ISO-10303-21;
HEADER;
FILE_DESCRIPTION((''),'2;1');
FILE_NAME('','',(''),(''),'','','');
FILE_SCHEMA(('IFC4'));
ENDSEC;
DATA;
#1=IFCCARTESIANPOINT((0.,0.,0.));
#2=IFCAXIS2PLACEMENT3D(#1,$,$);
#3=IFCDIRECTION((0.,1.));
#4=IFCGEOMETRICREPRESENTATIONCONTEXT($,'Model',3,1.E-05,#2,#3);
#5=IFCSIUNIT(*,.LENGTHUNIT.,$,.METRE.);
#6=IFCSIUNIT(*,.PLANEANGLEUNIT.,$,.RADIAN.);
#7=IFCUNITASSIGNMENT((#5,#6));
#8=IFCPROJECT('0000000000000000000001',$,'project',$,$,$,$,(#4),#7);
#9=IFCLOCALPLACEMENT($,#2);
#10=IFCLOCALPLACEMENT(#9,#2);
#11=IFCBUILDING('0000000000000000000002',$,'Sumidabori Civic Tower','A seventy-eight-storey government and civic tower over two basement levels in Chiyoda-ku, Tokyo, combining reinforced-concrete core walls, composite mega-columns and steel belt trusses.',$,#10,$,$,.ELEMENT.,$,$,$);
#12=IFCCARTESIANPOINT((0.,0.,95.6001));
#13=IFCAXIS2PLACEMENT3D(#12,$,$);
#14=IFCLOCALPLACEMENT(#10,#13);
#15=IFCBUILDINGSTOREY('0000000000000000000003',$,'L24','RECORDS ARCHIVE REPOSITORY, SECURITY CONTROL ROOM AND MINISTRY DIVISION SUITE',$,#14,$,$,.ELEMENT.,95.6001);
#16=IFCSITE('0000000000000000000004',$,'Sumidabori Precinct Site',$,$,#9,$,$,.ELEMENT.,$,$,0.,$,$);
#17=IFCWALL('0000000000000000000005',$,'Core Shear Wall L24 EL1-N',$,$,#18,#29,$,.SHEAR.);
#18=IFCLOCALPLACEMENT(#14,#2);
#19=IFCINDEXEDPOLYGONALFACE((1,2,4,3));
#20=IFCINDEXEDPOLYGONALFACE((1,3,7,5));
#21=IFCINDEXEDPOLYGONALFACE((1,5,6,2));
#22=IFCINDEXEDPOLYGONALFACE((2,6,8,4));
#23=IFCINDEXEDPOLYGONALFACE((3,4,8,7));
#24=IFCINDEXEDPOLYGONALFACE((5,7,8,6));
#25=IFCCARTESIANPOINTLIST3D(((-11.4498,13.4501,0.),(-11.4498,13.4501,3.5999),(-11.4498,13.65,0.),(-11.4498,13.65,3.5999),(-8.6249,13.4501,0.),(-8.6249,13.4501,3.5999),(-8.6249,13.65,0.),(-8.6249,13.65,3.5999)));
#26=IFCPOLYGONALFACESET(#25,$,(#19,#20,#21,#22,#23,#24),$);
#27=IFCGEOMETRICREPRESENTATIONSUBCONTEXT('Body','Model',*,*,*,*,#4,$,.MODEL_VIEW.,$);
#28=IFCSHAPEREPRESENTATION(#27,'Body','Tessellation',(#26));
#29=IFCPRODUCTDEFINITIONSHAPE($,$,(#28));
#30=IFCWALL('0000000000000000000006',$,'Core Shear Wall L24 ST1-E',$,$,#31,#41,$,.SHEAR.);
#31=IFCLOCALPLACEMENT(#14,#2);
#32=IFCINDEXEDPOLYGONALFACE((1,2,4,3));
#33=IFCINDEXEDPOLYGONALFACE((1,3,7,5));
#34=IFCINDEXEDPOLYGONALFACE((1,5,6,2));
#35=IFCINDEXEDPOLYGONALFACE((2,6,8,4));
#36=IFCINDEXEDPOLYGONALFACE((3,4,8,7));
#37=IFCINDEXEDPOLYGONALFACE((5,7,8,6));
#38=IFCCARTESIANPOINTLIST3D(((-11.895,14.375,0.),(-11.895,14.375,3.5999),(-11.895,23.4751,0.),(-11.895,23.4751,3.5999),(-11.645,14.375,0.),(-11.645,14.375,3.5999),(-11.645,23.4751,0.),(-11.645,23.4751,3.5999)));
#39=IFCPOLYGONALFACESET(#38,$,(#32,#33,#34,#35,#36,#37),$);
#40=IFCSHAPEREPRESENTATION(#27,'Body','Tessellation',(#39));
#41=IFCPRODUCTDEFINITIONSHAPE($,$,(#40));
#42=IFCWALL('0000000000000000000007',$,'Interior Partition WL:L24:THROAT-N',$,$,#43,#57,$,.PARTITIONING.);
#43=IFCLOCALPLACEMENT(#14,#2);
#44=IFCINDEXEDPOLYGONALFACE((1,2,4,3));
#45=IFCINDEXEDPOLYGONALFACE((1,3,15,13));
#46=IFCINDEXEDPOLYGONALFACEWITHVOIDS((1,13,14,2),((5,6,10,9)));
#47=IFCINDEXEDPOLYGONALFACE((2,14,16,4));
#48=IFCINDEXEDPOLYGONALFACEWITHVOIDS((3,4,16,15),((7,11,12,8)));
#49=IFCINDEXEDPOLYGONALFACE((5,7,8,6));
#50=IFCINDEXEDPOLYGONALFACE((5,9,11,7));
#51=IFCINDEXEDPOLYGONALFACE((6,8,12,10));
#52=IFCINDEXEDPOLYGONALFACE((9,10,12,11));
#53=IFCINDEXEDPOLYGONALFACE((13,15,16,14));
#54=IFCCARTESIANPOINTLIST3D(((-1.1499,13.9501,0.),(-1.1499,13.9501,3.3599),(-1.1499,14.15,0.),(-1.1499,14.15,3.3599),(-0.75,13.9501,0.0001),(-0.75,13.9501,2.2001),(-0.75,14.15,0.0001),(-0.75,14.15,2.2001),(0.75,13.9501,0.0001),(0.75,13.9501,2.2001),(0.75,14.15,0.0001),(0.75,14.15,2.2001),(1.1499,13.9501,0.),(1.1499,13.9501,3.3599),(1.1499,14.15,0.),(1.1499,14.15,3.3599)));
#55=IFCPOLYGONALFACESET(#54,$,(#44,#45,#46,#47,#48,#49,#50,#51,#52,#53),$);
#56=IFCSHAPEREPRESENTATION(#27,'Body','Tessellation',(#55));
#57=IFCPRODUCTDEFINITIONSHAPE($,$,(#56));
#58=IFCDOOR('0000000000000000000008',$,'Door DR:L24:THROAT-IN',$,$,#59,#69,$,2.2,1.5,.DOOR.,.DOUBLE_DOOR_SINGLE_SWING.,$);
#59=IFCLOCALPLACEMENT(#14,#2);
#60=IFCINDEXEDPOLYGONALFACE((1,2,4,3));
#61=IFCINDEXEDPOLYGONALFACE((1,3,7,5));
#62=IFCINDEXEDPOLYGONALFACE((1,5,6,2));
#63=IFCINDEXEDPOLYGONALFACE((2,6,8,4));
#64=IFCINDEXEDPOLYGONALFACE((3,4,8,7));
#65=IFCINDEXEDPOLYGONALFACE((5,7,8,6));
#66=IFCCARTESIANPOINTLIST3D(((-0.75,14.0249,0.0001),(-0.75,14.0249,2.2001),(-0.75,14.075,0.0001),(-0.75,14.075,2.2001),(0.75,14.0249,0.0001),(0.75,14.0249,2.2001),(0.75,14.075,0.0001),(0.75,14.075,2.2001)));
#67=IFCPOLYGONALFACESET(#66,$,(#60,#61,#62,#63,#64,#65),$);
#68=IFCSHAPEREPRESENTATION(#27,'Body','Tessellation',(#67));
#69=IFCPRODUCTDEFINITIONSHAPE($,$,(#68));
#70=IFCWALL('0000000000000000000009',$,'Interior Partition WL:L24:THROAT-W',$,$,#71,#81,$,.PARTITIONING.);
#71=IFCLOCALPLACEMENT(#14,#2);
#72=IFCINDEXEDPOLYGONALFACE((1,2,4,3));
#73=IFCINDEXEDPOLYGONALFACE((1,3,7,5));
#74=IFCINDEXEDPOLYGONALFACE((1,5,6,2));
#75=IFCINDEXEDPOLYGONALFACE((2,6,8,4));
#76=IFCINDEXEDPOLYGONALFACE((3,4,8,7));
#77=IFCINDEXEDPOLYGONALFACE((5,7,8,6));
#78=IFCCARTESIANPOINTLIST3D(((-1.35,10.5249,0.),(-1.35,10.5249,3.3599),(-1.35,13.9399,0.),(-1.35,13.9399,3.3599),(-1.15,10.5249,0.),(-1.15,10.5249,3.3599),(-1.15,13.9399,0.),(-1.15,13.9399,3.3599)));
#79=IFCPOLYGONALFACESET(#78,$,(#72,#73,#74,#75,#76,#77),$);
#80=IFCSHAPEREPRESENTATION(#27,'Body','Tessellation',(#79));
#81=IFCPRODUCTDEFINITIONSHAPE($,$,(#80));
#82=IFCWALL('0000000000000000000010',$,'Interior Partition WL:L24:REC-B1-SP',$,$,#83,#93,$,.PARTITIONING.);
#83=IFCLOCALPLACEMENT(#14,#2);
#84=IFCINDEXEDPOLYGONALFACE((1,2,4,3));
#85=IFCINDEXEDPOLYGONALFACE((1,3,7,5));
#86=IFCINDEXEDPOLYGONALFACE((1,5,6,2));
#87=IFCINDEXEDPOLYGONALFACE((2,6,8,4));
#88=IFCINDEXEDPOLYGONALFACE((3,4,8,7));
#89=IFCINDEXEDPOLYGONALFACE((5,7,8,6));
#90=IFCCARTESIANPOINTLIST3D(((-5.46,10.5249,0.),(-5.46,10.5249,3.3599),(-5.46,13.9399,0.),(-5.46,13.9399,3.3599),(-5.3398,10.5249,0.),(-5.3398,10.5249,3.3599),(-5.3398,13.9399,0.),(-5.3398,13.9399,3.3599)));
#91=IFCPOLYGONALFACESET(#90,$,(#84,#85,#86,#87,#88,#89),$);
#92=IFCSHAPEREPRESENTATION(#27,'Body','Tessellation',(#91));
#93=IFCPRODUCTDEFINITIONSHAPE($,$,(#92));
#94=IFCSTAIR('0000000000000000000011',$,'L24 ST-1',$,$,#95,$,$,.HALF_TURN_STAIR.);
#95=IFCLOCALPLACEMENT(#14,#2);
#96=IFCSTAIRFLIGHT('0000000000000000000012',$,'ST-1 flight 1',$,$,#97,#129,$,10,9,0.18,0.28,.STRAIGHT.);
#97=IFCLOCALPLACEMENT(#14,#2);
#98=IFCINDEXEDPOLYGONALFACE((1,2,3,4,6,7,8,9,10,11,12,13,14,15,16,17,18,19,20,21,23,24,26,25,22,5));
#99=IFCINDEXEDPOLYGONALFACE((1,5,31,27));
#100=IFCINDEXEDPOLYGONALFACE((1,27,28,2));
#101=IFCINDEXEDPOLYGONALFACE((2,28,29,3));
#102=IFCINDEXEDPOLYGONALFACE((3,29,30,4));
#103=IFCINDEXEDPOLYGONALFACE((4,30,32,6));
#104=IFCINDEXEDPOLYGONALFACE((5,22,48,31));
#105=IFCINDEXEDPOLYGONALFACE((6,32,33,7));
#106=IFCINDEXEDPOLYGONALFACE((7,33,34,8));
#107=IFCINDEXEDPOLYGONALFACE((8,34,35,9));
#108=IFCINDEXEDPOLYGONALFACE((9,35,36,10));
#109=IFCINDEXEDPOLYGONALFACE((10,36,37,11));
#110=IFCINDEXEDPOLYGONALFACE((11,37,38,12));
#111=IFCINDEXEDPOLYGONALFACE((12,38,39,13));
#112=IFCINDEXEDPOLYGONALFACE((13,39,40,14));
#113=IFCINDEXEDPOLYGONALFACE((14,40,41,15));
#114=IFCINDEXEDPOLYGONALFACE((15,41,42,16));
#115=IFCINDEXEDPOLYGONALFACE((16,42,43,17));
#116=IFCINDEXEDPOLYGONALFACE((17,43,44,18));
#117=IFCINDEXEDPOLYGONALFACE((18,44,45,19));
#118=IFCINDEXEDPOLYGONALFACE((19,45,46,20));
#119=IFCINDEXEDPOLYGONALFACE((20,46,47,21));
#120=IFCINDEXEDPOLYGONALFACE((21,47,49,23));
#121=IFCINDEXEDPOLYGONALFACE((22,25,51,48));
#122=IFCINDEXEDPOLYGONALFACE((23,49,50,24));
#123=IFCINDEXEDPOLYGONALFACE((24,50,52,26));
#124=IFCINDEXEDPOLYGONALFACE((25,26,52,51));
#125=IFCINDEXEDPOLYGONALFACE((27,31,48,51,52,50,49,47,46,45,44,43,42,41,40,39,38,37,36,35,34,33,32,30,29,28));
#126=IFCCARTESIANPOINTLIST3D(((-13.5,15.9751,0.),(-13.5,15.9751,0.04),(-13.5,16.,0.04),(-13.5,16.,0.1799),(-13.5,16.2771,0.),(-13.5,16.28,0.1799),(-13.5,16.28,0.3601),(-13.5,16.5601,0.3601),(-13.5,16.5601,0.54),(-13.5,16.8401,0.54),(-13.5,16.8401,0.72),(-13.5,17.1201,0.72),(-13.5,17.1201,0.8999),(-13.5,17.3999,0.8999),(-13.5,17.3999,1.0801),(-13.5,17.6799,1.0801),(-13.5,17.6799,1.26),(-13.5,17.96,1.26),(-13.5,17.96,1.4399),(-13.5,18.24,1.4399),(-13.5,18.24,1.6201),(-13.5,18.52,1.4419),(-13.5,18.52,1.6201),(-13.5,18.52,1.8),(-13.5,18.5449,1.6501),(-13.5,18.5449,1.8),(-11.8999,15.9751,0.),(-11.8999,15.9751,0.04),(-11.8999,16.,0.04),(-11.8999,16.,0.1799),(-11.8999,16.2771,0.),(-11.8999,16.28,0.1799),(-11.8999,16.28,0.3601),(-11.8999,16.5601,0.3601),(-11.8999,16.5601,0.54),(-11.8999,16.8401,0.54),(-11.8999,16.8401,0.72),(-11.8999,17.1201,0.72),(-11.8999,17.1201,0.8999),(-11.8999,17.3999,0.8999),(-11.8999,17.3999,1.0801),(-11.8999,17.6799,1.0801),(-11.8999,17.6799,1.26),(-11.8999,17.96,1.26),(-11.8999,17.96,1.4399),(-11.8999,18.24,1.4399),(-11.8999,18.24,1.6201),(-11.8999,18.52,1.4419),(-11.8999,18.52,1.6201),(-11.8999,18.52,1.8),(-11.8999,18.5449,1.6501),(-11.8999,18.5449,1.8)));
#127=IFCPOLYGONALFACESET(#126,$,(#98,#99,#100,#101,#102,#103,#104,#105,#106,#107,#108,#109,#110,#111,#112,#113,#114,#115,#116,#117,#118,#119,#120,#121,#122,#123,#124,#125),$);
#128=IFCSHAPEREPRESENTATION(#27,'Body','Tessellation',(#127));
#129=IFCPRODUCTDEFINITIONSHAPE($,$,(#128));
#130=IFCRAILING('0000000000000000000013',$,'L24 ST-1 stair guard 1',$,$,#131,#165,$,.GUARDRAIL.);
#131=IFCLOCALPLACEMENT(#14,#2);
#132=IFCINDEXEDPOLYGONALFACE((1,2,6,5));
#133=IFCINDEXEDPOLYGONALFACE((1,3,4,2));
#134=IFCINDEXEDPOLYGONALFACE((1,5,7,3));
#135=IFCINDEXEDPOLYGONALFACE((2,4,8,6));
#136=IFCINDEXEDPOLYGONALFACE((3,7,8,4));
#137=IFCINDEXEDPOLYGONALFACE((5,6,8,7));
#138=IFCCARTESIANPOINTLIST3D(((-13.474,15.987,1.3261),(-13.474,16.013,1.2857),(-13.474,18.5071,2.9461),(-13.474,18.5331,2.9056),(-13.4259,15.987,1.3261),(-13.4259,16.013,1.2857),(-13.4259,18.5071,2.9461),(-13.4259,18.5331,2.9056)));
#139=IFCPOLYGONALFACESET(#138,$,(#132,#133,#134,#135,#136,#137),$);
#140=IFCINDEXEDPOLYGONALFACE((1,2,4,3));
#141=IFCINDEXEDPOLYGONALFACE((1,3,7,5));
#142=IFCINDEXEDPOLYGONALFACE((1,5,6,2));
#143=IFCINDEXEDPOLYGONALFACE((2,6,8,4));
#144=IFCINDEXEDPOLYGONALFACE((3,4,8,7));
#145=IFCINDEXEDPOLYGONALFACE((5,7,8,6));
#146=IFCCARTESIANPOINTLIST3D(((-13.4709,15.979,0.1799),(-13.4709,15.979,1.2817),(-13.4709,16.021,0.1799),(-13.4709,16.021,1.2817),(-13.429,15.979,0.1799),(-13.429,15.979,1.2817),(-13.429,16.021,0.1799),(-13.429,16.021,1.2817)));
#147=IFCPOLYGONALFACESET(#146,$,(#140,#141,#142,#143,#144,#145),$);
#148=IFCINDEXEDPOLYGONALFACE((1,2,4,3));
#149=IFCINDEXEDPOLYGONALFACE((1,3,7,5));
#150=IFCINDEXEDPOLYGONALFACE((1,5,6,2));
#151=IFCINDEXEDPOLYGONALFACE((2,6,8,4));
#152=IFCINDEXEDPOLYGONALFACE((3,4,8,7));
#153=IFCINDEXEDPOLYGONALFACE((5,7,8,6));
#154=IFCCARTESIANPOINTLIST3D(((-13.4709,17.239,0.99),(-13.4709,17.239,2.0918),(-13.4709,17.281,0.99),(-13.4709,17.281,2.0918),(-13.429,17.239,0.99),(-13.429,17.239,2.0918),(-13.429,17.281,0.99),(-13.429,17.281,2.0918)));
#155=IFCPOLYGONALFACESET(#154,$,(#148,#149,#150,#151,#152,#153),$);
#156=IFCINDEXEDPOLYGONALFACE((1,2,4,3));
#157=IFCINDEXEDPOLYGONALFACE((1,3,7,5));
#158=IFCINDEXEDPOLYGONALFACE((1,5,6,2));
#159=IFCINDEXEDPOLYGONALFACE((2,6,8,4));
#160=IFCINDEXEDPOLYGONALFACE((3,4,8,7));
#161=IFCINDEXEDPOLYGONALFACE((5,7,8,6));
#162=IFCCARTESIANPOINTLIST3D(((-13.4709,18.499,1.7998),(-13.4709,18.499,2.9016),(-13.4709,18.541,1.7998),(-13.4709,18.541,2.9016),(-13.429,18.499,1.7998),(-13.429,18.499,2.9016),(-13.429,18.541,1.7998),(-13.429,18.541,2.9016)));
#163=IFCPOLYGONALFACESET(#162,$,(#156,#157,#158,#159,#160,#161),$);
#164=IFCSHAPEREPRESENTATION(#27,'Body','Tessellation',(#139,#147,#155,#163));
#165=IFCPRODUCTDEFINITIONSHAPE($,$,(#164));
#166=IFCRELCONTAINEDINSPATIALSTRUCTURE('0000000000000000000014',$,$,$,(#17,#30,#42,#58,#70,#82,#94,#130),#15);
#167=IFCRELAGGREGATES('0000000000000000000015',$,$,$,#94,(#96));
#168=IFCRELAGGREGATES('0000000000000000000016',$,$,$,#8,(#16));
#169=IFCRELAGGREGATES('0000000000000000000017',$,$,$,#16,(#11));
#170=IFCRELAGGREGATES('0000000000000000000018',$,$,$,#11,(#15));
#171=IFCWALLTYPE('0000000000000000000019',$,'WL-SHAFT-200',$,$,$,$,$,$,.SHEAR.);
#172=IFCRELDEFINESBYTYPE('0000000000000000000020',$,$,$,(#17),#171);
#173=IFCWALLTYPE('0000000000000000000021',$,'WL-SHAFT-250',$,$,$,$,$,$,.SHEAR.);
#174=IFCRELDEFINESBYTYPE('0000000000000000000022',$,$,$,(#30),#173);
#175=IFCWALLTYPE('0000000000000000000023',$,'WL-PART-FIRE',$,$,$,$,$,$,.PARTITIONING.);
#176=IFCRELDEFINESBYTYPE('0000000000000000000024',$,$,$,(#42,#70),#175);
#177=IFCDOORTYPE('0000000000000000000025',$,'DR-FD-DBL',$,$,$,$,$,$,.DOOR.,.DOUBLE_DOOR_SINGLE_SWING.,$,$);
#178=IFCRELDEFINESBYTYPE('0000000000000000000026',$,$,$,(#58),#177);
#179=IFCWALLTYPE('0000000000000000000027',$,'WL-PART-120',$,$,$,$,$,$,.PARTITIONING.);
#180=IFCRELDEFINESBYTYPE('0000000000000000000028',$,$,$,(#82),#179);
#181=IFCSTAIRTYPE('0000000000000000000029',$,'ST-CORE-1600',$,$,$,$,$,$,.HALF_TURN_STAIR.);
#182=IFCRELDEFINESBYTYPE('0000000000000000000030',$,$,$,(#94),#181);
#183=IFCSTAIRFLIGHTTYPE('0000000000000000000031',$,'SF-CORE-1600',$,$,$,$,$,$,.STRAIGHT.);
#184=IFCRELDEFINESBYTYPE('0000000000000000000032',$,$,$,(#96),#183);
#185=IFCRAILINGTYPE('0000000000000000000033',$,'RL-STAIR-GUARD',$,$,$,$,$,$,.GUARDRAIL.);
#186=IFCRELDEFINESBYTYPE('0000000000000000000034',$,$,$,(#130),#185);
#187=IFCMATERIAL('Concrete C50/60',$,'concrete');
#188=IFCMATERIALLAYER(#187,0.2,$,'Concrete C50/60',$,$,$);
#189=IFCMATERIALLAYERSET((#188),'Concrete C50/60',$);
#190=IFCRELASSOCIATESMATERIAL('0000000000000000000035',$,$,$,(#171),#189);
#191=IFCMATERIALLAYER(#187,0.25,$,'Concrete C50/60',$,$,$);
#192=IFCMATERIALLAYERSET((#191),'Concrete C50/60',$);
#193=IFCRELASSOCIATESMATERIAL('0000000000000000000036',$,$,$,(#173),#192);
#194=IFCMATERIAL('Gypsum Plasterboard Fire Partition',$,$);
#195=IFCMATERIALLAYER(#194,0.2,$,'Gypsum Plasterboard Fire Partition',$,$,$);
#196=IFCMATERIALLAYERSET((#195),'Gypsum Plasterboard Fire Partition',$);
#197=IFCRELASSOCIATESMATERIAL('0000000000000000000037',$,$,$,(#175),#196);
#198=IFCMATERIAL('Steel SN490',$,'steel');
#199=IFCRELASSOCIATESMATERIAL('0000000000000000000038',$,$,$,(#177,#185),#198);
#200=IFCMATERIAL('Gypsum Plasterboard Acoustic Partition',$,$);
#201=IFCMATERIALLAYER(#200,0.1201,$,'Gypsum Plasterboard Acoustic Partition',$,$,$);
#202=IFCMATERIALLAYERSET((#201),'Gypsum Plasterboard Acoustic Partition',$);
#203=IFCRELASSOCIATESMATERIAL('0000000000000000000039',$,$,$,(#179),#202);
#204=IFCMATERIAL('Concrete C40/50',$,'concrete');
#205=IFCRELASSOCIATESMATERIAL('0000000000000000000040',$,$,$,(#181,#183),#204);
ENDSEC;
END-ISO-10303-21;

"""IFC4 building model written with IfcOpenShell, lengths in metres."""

from ifc_helpers import new_model, si_unit, direction, frame, frame_2d, origin, origin_2d, place, context, subcontext, project, spatial, polyline, rectangle, outline, extrude, source, transform, mapped, material, layer, layer_set, type_object, element, fill, aggregate, save


model = new_model("IFC4")

# Units and contexts
model_context = context("Model", 3, precision=1e-05, world=origin(), true_north=direction((0.0, 1.0)))
body_context = subcontext(model_context, "Body", "Model", "MODEL_VIEW")
ifc_project = project(units=[si_unit("LENGTHUNIT", "METRE"), si_unit("PLANEANGLEUNIT", "RADIAN")], contexts=[model_context])

# Site, building, storey
site_placement = place(None, origin())
site = spatial("IfcSite", under=ifc_project, at=site_placement, Name="Sumidabori Precinct Site", CompositionType="ELEMENT", RefElevation=0.0)
building_placement = place(site_placement, origin())
building = spatial("IfcBuilding", under=site, at=building_placement, Name="Sumidabori Civic Tower", Description="A seventy-eight-storey government and civic tower over two basement levels in Chiyoda-ku, Tokyo, combining reinforced-concrete core walls, composite mega-columns and steel belt trusses.", CompositionType="ELEMENT")
storey_placement = place(building_placement, frame((0.0, 0.0, 95.6001)))
storey = spatial("IfcBuildingStorey", under=building, at=storey_placement, Name="L24", Description="RECORDS ARCHIVE REPOSITORY, SECURITY CONTROL ROOM AND MINISTRY DIVISION SUITE", CompositionType="ELEMENT", Elevation=95.6001)

# Wall
ifc_material_1 = material(Name="Concrete C50/60", Category="concrete")
ifc_layer_1 = layer(ifc_material_1, 0.2, Name="Concrete C50/60")
ifc_layer_set_1 = layer_set([ifc_layer_1], Name="Concrete C50/60")
wall_type_1 = type_object("IfcWallType", Name="WL-SHAFT-200", PredefinedType="SHEAR", material=ifc_layer_set_1)
shared_shape_1 = source(origin(), body_context, "Body", "SweptSolid", [
    extrude(rectangle(XDim=2.825, YDim=0.2, at=frame_2d((1.4126, 0.0))), origin(), (0.0, 0.0, 1.0), 3.5999),
])
wall_1_placement = place(storey_placement, frame((-11.45, 13.55, 0.0), z_axis=(0.0, 0.0, 1.0), x_axis=(1.0, 0.0, 0.0)))
element("IfcWall", 1, at=wall_1_placement, inside=storey, type_object=wall_type_1, Name="Core Shear Wall L24 EL1-N", PredefinedType="SHEAR", context=body_context, shape_type="MappedRepresentation", body=[
    mapped(shared_shape_1, transform((0.0, 0.0, 0.0), x_axis=(1.0, 0.0, 0.0), y_axis=(0.0, 1.0, 0.0), z_axis=(0.0, 0.0, 1.0), scale=1.0)),
])

# Shared definitions
ifc_layer_2 = layer(ifc_material_1, 0.25, Name="Concrete C50/60")
ifc_layer_set_2 = layer_set([ifc_layer_2], Name="Concrete C50/60")
wall_type_2 = type_object("IfcWallType", Name="WL-SHAFT-250", PredefinedType="SHEAR", material=ifc_layer_set_2)
ifc_material_2 = material(Name="Steel SN490", Category="steel")

# Wall
shared_shape_2 = source(origin(), body_context, "Body", "SweptSolid", [
    extrude(rectangle(XDim=9.1001, YDim=0.25, at=frame_2d((4.55, 0.0))), origin(), (0.0, 0.0, 1.0), 3.5999),
])
wall_2_placement = place(storey_placement, frame((-11.77, 14.375, 0.0), z_axis=(0.0, 0.0, 1.0), x_axis=(0.0, 1.0, 0.0)))
element("IfcWall", 2, at=wall_2_placement, inside=storey, type_object=wall_type_2, Name="Core Shear Wall L24 ST1-E", PredefinedType="SHEAR", context=body_context, shape_type="MappedRepresentation", body=[
    mapped(shared_shape_2, transform((0.0, 0.0, 0.0), x_axis=(1.0, 0.0, 0.0), y_axis=(0.0, 1.0, 0.0), z_axis=(0.0, 0.0, 1.0), scale=1.0)),
])

# Shared definitions
ifc_material_3 = material(Name="Gypsum Plasterboard Fire Partition")
ifc_layer_3 = layer(ifc_material_3, 0.2, Name="Gypsum Plasterboard Fire Partition")
ifc_layer_set_3 = layer_set([ifc_layer_3], Name="Gypsum Plasterboard Fire Partition")
wall_type_3 = type_object("IfcWallType", Name="WL-PART-FIRE", PredefinedType="PARTITIONING", material=ifc_layer_set_3)

# Wall, opening, door
shared_shape_3 = source(origin(), body_context, "Body", "SweptSolid", [
    extrude(rectangle(XDim=2.2998, YDim=0.2, at=frame_2d((1.1499, 0.0))), origin(), (0.0, 0.0, 1.0), 3.3599),
])
wall_3_placement = place(storey_placement, frame((-1.1499, 14.05, 0.0), z_axis=(0.0, 0.0, 1.0), x_axis=(1.0, 0.0, 0.0)))
wall_3 = element("IfcWall", 3, at=wall_3_placement, inside=storey, type_object=wall_type_3, Name="Interior Partition WL:L24:THROAT-N", PredefinedType="PARTITIONING", context=body_context, shape_type="MappedRepresentation", body=[
    mapped(shared_shape_3, transform((0.0, 0.0, 0.0), x_axis=(1.0, 0.0, 0.0), y_axis=(0.0, 1.0, 0.0), z_axis=(0.0, 0.0, 1.0), scale=1.0)),
])
opening_1_placement = place(wall_3_placement, frame((0.3999, 0.0, 0.0)))
opening_1 = element("IfcOpeningElement", 4, at=opening_1_placement, cuts=wall_3, PredefinedType="OPENING", context=body_context, shape_type="SweptSolid", body=[
    extrude(rectangle(XDim=1.5, YDim=2.2, at=frame_2d((0.75, 1.1001))), frame((0.0, 0.1118, 0.0), z_axis=(0.0, -1.0, 0.0), x_axis=(1.0, 0.0, 0.0)), (0.0, 0.0, 1.0), 0.2239),
])
door_type_1 = type_object("IfcDoorType", Name="DR-FD-DBL", OperationType="DOUBLE_DOOR_SINGLE_SWING", PredefinedType="DOOR", material=ifc_material_2)
shared_shape_4 = source(origin(), body_context, "Body", "SweptSolid", [
    extrude(rectangle(XDim=1.5, YDim=2.2, at=frame_2d((0.75, 1.1001))), frame((0.0, 0.0249, 0.0), z_axis=(0.0, -1.0, 0.0), x_axis=(1.0, 0.0, 0.0)), (0.0, 0.0, 1.0), 0.05),
])
door_1_placement = place(opening_1_placement, origin())
door_1 = element("IfcDoor", 5, at=door_1_placement, inside=storey, type_object=door_type_1, Name="Door DR:L24:THROAT-IN", OperationType="DOUBLE_DOOR_SINGLE_SWING", OverallHeight=2.2, OverallWidth=1.5, PredefinedType="DOOR", context=body_context, shape_type="MappedRepresentation", body=[
    mapped(shared_shape_4, transform((0.0, 0.0, 0.0), x_axis=(1.0, 0.0, 0.0), y_axis=(0.0, 1.0, 0.0), z_axis=(0.0, 0.0, 1.0), scale=1.0)),
])
fill(opening_1, door_1)

# Walls
shared_shape_5 = source(origin(), body_context, "Body", "SweptSolid", [
    extrude(rectangle(XDim=3.415, YDim=0.2, at=frame_2d((1.7075, 0.0))), origin(), (0.0, 0.0, 1.0), 3.3599),
])
wall_4_placement = place(storey_placement, frame((-1.25, 10.5249, 0.0), z_axis=(0.0, 0.0, 1.0), x_axis=(0.0, 1.0, 0.0)))
element("IfcWall", 6, at=wall_4_placement, inside=storey, type_object=wall_type_3, Name="Interior Partition WL:L24:THROAT-W", PredefinedType="PARTITIONING", context=body_context, shape_type="MappedRepresentation", body=[
    mapped(shared_shape_5, transform((0.0, 0.0, 0.0), x_axis=(1.0, 0.0, 0.0), y_axis=(0.0, 1.0, 0.0), z_axis=(0.0, 0.0, 1.0), scale=1.0)),
])
ifc_material_4 = material(Name="Gypsum Plasterboard Acoustic Partition")
ifc_layer_4 = layer(ifc_material_4, 0.1201, Name="Gypsum Plasterboard Acoustic Partition")
ifc_layer_set_4 = layer_set([ifc_layer_4], Name="Gypsum Plasterboard Acoustic Partition")
wall_type_4 = type_object("IfcWallType", Name="WL-PART-120", PredefinedType="PARTITIONING", material=ifc_layer_set_4)
shared_shape_6 = source(origin(), body_context, "Body", "SweptSolid", [
    extrude(rectangle(XDim=3.415, YDim=0.1201, at=frame_2d((1.7075, 0.0))), origin(), (0.0, 0.0, 1.0), 3.3599),
])
wall_5_placement = place(storey_placement, frame((-5.3999, 10.5249, 0.0), z_axis=(0.0, 0.0, 1.0), x_axis=(0.0, 1.0, 0.0)))
element("IfcWall", 7, at=wall_5_placement, inside=storey, type_object=wall_type_4, Name="Interior Partition WL:L24:REC-B1-SP", PredefinedType="PARTITIONING", context=body_context, shape_type="MappedRepresentation", body=[
    mapped(shared_shape_6, transform((0.0, 0.0, 0.0), x_axis=(1.0, 0.0, 0.0), y_axis=(0.0, 1.0, 0.0), z_axis=(0.0, 0.0, 1.0), scale=1.0)),
])

# Stair, stair flight
ifc_material_5 = material(Name="Concrete C40/50", Category="concrete")
stair_type = type_object("IfcStairType", Name="ST-CORE-1600", PredefinedType="HALF_TURN_STAIR", material=ifc_material_5)
stair_placement = place(storey_placement, origin())
stair = element("IfcStair", 8, at=stair_placement, inside=storey, type_object=stair_type, Name="L24 ST-1", PredefinedType="HALF_TURN_STAIR")
stair_flight_type = type_object("IfcStairFlightType", Name="SF-CORE-1600", PredefinedType="STRAIGHT", material=ifc_material_5)
shared_shape_7 = source(origin(), body_context, "Body", "SweptSolid", [
    extrude(outline(polyline([(-0.0249, 0.0), (-0.0249, 0.04), (0.0, 0.04), (0.0, 0.1799), (0.28, 0.1799), (0.28, 0.3601), (0.5601, 0.3601), (0.5601, 0.54), (0.8401, 0.54), (0.8401, 0.72), (1.1201, 0.72), (1.1201, 0.8999), (1.3999, 0.8999), (1.3999, 1.0801), (1.6799, 1.0801), (1.6799, 1.26), (1.96, 1.26), (1.96, 1.4399), (2.24, 1.4399), (2.24, 1.6201), (2.52, 1.6201), (2.52, 1.8), (2.5449, 1.8), (2.5449, 1.6501), (2.52, 1.4419), (0.2771, 0.0), (-0.0249, 0.0)])), frame((0.0, 0.8, 0.0), z_axis=(0.0, -1.0, 0.0), x_axis=(1.0, 0.0, 0.0)), (0.0, 0.0, 1.0), 1.6001),
])
stair_flight_placement = place(storey_placement, frame((-12.7, 16.0, 0.0), z_axis=(0.0, 0.0, 1.0), x_axis=(0.0, 1.0, 0.0)))
stair_flight = element("IfcStairFlight", 9, at=stair_flight_placement, type_object=stair_flight_type, Name="ST-1 flight 1", NumberOfRisers=10, NumberOfTreads=9, PredefinedType="STRAIGHT", RiserHeight=0.18, TreadLength=0.28, context=body_context, shape_type="MappedRepresentation", body=[
    mapped(shared_shape_7, transform((0.0, 0.0, 0.0), x_axis=(1.0, 0.0, 0.0), y_axis=(0.0, 1.0, 0.0), z_axis=(0.0, 0.0, 1.0), scale=1.0)),
])
aggregate(stair, [stair_flight])

# Railing
railing_type = type_object("IfcRailingType", Name="RL-STAIR-GUARD", PredefinedType="GUARDRAIL", material=ifc_material_2)
railing_1_placement = place(storey_placement, frame((-13.45, 16.0, 0.1799)))
element("IfcRailing", 10, at=railing_1_placement, inside=storey, type_object=railing_type, Name="L24 ST-1 stair guard 1", PredefinedType="GUARDRAIL", context=body_context, shape_type="SweptSolid", body=[
    extrude(rectangle(XDim=0.0481, YDim=0.0481, at=origin_2d()), frame((0.0, 0.0, 1.126), z_axis=(0.0, 0.8412, 0.540725), x_axis=(-1.0, 0.0, 0.0)), (0.0, 0.0, 1.0), 2.9958),
    extrude(rectangle(XDim=0.042, YDim=0.042, at=origin_2d()), origin(), (0.0, 0.0, 1.0), 1.1018),
    extrude(rectangle(XDim=0.042, YDim=0.042, at=origin_2d()), frame((0.0, 1.26, 0.8101)), (0.0, 0.0, 1.0), 1.1018),
    extrude(rectangle(XDim=0.042, YDim=0.042, at=origin_2d()), frame((0.0, 2.52, 1.6199)), (0.0, 0.0, 1.0), 1.1018),
])

save(model, "model.ifc")
